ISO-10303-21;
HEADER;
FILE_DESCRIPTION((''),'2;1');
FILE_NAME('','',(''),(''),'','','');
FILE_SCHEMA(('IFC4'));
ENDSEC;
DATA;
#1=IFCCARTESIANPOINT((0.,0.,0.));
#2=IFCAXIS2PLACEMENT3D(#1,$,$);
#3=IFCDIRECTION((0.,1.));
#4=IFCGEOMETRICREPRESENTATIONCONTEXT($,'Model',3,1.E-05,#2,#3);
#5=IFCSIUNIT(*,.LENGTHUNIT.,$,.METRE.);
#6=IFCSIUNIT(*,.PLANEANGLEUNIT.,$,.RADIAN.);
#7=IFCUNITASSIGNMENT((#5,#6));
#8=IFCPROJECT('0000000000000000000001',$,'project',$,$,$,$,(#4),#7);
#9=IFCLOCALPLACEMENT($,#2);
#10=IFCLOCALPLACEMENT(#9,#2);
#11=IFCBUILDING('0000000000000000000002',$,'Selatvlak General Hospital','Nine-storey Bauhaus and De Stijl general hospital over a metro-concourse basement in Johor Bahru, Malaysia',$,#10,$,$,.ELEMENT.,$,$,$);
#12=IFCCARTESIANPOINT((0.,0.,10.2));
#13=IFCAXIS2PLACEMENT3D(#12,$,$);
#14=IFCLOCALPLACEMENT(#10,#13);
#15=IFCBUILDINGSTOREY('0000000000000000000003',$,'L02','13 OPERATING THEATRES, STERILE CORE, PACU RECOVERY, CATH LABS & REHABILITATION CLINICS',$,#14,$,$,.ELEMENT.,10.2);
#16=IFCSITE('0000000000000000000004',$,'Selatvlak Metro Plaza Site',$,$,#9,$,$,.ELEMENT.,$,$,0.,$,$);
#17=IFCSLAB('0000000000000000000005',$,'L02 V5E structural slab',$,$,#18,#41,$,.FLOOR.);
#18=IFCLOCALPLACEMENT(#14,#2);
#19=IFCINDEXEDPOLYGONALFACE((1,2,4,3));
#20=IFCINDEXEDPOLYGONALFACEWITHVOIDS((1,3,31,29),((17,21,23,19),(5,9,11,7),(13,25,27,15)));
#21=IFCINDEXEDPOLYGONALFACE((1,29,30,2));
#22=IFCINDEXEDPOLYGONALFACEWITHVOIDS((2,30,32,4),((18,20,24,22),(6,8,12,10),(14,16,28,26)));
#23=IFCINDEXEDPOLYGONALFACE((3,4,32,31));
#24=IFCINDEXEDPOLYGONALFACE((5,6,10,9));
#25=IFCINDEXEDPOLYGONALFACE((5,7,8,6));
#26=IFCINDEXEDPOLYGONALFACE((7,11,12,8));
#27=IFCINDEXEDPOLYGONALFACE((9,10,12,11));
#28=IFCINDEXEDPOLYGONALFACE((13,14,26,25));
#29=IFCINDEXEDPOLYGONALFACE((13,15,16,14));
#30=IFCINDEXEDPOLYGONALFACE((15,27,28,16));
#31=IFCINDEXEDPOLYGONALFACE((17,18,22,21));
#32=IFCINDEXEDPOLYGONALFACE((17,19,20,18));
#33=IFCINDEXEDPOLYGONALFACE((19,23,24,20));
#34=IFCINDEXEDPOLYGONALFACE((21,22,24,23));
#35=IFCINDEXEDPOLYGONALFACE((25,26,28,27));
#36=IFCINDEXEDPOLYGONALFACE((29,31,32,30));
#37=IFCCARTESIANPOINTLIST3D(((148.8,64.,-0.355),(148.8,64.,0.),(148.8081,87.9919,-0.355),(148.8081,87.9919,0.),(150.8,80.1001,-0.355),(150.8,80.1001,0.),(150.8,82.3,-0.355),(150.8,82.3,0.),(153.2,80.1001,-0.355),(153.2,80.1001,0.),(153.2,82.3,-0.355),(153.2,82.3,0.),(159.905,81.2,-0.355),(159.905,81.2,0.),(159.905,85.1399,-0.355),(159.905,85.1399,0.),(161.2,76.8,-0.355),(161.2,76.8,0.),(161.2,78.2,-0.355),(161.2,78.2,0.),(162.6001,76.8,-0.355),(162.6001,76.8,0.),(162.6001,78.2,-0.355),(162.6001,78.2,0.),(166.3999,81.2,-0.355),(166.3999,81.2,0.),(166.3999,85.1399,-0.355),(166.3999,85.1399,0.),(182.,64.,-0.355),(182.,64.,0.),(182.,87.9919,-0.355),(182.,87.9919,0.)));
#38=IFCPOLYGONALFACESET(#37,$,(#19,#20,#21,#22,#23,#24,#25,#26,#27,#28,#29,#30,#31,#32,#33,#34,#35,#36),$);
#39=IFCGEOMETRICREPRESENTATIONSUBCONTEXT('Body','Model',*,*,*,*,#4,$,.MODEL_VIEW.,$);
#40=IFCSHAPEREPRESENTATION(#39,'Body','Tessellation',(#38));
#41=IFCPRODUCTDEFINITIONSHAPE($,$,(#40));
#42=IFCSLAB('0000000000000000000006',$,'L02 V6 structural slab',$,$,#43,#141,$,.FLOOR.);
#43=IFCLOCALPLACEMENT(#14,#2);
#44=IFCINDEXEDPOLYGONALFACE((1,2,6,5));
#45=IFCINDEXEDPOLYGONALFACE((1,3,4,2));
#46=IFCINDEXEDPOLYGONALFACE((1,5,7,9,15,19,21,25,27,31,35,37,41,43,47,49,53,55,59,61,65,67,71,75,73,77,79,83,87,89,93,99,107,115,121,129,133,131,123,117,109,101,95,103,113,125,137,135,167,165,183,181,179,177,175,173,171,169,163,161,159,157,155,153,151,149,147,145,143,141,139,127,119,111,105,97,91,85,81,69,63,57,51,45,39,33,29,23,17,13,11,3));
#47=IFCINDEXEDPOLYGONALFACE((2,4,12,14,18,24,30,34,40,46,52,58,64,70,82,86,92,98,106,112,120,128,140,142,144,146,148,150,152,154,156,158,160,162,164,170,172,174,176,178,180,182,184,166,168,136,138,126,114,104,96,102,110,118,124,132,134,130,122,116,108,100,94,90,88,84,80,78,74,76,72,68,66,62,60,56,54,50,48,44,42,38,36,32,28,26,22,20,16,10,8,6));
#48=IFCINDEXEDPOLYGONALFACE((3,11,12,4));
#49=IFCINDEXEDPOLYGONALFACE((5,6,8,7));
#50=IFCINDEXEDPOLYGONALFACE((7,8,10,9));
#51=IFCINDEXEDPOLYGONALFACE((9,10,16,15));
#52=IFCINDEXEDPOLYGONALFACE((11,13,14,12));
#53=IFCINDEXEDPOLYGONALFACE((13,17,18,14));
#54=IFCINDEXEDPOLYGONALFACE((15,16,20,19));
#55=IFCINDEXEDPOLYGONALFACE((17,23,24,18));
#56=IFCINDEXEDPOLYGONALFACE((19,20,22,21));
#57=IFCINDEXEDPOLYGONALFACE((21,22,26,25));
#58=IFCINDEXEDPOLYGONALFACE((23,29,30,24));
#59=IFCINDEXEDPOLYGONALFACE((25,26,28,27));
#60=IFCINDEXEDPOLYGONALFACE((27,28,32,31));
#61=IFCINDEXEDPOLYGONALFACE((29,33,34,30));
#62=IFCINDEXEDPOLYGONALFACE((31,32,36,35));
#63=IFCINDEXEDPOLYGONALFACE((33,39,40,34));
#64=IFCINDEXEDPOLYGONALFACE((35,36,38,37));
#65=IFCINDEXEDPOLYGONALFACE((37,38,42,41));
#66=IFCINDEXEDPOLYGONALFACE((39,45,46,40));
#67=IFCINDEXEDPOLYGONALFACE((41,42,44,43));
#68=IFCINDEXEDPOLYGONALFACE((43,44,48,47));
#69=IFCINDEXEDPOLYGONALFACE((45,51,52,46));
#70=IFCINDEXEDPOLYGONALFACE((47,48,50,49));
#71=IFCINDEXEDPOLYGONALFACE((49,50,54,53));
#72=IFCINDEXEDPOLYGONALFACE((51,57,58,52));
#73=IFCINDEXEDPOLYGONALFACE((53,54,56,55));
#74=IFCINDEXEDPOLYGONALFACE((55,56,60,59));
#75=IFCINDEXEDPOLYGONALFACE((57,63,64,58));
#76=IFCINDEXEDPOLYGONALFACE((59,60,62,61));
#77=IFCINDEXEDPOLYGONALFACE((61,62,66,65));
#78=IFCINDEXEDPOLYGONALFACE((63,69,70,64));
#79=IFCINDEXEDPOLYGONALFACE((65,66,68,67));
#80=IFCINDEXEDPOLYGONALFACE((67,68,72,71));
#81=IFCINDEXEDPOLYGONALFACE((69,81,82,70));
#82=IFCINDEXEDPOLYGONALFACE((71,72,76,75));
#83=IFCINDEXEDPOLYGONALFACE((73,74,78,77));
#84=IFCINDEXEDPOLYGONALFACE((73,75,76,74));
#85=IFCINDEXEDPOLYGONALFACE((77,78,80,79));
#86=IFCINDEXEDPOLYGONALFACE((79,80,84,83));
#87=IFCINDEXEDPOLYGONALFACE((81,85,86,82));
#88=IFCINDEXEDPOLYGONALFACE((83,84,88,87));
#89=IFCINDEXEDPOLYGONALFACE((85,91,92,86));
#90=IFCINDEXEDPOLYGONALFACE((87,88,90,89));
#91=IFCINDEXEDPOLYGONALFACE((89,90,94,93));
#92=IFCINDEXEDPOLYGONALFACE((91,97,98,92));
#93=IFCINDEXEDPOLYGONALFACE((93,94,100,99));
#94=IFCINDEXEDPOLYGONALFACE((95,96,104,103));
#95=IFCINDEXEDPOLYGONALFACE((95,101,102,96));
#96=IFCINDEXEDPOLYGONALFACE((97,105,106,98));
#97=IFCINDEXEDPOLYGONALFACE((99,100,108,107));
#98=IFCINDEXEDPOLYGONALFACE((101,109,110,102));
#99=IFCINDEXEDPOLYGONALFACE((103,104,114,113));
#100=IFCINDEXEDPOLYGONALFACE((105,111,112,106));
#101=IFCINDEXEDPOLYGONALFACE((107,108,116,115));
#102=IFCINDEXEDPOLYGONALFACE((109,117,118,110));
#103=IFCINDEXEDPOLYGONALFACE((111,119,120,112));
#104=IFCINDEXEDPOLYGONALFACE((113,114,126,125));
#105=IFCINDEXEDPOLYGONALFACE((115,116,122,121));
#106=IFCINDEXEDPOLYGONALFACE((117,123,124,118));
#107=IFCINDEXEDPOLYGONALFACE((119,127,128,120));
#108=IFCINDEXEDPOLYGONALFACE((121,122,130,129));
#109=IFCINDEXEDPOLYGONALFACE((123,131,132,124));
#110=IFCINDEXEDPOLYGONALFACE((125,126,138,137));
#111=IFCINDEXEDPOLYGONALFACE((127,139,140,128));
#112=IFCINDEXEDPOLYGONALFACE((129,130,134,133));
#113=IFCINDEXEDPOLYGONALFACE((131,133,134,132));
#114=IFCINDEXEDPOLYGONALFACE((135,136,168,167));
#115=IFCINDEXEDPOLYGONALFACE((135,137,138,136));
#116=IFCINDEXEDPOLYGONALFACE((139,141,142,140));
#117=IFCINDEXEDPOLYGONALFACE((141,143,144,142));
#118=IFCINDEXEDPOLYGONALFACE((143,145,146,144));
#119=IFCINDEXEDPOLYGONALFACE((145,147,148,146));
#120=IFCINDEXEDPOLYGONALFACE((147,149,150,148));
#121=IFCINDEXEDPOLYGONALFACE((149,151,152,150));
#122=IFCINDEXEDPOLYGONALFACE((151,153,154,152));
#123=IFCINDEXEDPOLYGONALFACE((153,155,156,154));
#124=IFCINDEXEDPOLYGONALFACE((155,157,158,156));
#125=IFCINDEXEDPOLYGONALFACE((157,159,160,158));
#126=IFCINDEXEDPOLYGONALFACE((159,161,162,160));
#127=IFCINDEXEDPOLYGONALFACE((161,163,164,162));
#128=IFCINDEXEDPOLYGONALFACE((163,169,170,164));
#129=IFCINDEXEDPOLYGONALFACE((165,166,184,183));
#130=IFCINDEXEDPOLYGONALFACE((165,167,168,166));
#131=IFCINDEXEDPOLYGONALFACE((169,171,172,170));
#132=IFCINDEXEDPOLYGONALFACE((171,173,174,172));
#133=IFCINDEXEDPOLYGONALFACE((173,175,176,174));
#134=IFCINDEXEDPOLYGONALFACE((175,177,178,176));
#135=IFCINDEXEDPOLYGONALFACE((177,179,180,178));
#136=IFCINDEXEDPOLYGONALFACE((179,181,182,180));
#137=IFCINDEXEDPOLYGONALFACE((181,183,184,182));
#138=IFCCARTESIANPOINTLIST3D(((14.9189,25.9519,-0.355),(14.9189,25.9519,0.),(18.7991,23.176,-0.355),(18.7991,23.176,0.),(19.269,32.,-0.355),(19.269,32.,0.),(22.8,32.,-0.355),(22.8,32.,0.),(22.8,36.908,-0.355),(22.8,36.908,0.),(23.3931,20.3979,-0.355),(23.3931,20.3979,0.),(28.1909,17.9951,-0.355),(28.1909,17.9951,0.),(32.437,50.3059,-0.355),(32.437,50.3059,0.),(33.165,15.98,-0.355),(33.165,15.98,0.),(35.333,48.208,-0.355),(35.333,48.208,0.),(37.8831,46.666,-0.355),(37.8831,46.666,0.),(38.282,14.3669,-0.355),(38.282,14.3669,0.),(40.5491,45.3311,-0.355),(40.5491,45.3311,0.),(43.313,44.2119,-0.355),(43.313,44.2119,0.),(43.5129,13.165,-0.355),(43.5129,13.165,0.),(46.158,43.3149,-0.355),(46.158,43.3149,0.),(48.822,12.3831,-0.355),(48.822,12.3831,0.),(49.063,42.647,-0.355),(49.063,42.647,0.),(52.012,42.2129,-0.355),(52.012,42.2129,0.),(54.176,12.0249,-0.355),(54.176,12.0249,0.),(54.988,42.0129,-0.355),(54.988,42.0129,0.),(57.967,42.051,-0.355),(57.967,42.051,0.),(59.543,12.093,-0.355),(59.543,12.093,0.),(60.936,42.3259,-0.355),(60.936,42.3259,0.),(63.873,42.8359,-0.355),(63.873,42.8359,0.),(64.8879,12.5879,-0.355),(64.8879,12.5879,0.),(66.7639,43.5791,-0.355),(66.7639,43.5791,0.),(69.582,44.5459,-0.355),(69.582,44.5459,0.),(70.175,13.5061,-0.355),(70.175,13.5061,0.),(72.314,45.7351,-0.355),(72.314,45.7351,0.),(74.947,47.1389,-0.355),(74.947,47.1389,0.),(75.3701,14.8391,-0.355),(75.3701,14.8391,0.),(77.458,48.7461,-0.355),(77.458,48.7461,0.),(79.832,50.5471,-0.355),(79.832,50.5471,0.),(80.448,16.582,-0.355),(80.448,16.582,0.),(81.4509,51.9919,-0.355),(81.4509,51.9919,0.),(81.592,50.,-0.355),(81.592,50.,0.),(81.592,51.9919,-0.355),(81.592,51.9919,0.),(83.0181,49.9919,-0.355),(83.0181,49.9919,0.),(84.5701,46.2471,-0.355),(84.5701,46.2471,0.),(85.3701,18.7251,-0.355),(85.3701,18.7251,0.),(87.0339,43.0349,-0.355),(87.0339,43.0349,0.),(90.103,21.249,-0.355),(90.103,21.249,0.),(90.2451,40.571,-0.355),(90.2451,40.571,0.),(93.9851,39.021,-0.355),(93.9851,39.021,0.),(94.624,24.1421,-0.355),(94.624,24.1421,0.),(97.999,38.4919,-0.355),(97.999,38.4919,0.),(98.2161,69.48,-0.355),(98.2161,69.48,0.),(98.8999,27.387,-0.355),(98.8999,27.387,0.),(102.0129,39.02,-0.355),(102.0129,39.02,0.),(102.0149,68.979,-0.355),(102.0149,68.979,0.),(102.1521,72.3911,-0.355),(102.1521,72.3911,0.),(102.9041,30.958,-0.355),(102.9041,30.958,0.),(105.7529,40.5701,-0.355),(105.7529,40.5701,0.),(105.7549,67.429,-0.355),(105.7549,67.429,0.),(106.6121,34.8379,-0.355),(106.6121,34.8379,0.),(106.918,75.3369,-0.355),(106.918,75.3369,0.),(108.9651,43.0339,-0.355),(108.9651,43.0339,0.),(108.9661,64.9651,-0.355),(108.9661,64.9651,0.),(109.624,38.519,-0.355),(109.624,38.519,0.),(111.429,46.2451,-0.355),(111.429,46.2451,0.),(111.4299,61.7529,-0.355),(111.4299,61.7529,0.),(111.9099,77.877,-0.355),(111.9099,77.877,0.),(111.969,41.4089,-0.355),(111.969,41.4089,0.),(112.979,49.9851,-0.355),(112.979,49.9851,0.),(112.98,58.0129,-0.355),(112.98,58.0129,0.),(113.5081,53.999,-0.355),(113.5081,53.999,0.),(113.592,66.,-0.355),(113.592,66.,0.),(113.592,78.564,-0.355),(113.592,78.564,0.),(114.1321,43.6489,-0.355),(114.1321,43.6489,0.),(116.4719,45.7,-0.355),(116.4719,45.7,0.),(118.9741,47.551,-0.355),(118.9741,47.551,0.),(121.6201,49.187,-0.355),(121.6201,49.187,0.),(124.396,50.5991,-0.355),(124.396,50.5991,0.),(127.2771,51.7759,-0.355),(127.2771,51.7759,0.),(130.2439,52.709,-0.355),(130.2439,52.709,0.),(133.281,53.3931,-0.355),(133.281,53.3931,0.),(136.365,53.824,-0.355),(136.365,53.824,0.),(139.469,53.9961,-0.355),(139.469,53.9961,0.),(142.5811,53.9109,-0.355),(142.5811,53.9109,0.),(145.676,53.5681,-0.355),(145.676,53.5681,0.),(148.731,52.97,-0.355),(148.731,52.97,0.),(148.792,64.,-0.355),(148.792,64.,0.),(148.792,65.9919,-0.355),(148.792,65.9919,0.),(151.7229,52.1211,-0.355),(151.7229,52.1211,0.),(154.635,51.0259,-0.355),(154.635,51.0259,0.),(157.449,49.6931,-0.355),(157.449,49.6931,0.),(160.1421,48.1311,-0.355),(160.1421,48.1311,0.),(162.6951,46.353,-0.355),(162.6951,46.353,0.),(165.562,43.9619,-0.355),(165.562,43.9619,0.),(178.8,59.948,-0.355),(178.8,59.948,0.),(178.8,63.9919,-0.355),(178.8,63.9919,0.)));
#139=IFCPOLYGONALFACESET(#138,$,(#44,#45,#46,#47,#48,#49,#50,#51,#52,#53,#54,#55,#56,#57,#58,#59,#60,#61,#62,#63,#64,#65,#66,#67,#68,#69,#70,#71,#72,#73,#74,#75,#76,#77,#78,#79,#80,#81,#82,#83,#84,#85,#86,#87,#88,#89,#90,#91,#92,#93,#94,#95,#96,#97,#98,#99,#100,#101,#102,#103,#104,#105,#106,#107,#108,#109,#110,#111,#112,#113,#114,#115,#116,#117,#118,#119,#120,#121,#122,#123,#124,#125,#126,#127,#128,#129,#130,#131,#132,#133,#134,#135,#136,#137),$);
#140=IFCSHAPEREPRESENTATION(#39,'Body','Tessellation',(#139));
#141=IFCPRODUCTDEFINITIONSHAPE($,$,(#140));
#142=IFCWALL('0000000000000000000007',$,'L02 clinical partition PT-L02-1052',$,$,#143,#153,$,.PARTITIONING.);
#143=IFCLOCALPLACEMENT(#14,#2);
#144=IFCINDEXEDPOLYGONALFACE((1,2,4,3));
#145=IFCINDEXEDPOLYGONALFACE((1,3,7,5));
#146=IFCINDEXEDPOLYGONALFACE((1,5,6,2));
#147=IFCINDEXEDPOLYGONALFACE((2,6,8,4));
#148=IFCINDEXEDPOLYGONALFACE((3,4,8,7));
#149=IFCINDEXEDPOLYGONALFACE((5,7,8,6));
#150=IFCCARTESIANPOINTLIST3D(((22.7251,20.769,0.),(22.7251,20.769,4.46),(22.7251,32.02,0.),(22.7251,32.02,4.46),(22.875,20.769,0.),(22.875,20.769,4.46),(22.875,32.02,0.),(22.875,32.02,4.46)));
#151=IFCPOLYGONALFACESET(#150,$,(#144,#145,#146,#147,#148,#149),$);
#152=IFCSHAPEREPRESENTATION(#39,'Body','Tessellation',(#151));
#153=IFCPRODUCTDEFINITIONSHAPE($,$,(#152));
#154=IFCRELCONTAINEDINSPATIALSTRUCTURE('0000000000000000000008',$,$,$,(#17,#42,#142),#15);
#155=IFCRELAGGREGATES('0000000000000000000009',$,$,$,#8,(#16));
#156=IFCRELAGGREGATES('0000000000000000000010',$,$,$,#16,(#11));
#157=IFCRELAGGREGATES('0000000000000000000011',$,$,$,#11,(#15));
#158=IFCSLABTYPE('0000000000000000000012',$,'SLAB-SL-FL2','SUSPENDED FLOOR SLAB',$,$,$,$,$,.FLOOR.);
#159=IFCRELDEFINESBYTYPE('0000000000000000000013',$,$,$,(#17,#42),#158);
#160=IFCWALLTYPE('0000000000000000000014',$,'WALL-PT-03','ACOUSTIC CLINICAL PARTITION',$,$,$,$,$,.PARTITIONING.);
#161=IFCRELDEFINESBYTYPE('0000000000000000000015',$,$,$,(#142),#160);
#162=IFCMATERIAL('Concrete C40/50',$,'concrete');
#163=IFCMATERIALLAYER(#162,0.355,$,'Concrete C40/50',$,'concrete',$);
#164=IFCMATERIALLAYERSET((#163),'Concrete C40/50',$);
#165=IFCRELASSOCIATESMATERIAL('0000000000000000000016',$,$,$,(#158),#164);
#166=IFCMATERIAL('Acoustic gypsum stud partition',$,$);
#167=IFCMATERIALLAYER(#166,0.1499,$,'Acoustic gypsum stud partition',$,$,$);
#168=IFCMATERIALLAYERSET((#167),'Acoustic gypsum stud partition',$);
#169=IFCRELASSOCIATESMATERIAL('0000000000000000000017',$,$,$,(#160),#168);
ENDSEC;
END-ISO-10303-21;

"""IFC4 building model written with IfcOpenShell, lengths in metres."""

from ifc_helpers import new_model, si_unit, direction, frame, frame_2d, origin, place, context, subcontext, project, spatial, polyline, rectangle, outline, extrude, material, layer, layer_set, type_object, element, save


model = new_model("IFC4")

# Units and contexts
model_context = context("Model", 3, precision=1e-05, world=origin(), true_north=direction((0.0, 1.0)))
body_context = subcontext(model_context, "Body", "Model", "MODEL_VIEW")
ifc_project = project(units=[si_unit("LENGTHUNIT", "METRE"), si_unit("PLANEANGLEUNIT", "RADIAN")], contexts=[model_context])

# Site, building, storey
site_placement = place(None, origin())
site = spatial("IfcSite", under=ifc_project, at=site_placement, Name="Selatvlak Metro Plaza Site", CompositionType="ELEMENT", RefElevation=0.0)
building_placement = place(site_placement, origin())
building = spatial("IfcBuilding", under=site, at=building_placement, Name="Selatvlak General Hospital", Description="Nine-storey Bauhaus and De Stijl general hospital over a metro-concourse basement in Johor Bahru, Malaysia", CompositionType="ELEMENT")
storey_placement = place(building_placement, frame((0.0, 0.0, 10.2)))
storey = spatial("IfcBuildingStorey", under=building, at=storey_placement, Name="L02", Description="13 OPERATING THEATRES, STERILE CORE, PACU RECOVERY, CATH LABS & REHABILITATION CLINICS", CompositionType="ELEMENT", Elevation=10.2)

# Shared definitions
ifc_material_1 = material(Name="Concrete C40/50", Category="concrete")

# Slabs
ifc_layer_1 = layer(ifc_material_1, 0.355, Name="Concrete C40/50", Category="concrete")
ifc_layer_set_1 = layer_set([ifc_layer_1], Name="Concrete C40/50")
slab_type_1 = type_object("IfcSlabType", Name="SLAB-SL-FL2", Description="SUSPENDED FLOOR SLAB", PredefinedType="FLOOR", material=ifc_layer_set_1)
slab_1_placement = place(storey_placement, frame((0.0, 0.0, -0.355)))
element("IfcSlab", 1, at=slab_1_placement, inside=storey, type_object=slab_type_1, Name="L02 V5E structural slab", PredefinedType="FLOOR", context=body_context, shape_type="SweptSolid", body=[
    extrude(outline(polyline([(148.8081, 87.9919), (182.0, 87.9919), (182.0, 64.0), (148.8, 64.0), (148.8081, 87.9919)]), holes=[polyline([(159.905, 85.1399), (159.905, 81.2), (166.3999, 81.2), (166.3999, 85.1399), (159.905, 85.1399)]), polyline([(150.8, 82.3), (150.8, 80.1001), (153.2, 80.1001), (153.2, 82.3), (150.8, 82.3)]), polyline([(162.6001, 78.2), (161.2, 78.2), (161.2, 76.8), (162.6001, 76.8), (162.6001, 78.2)])]), origin(), (0.0, 0.0, 1.0), 0.355),
])
slab_2_placement = place(storey_placement, frame((0.0, 0.0, -0.355)))
element("IfcSlab", 2, at=slab_2_placement, inside=storey, type_object=slab_type_1, Name="L02 V6 structural slab", PredefinedType="FLOOR", context=body_context, shape_type="SweptSolid", body=[
    extrude(outline(polyline([(40.5491, 45.3311), (43.313, 44.2119), (46.158, 43.3149), (49.063, 42.647), (52.012, 42.2129), (54.988, 42.0129), (57.967, 42.051), (60.936, 42.3259), (63.873, 42.8359), (66.7639, 43.5791), (69.582, 44.5459), (72.314, 45.7351), (74.947, 47.1389), (77.458, 48.7461), (79.832, 50.5471), (81.4509, 51.9919), (81.592, 51.9919), (81.592, 50.0), (83.0181, 49.9919), (84.5701, 46.2471), (87.0339, 43.0349), (90.2451, 40.571), (93.9851, 39.021), (97.999, 38.4919), (102.0129, 39.02), (105.7529, 40.5701), (108.9651, 43.0339), (111.429, 46.2451), (112.979, 49.9851), (113.5081, 53.999), (112.98, 58.0129), (111.4299, 61.7529), (108.9661, 64.9651), (105.7549, 67.429), (102.0149, 68.979), (98.2161, 69.48), (102.1521, 72.3911), (106.918, 75.3369), (111.9099, 77.877), (113.592, 78.564), (113.592, 66.0), (148.792, 65.9919), (148.792, 64.0), (178.8, 63.9919), (178.8, 59.948), (165.562, 43.9619), (162.6951, 46.353), (160.1421, 48.1311), (157.449, 49.6931), (154.635, 51.0259), (151.7229, 52.1211), (148.731, 52.97), (145.676, 53.5681), (142.5811, 53.9109), (139.469, 53.9961), (136.365, 53.824), (133.281, 53.3931), (130.2439, 52.709), (127.2771, 51.7759), (124.396, 50.5991), (121.6201, 49.187), (118.9741, 47.551), (116.4719, 45.7), (114.1321, 43.6489), (111.969, 41.4089), (109.624, 38.519), (106.6121, 34.8379), (102.9041, 30.958), (98.8999, 27.387), (94.624, 24.1421), (90.103, 21.249), (85.3701, 18.7251), (80.448, 16.582), (75.3701, 14.8391), (70.175, 13.5061), (64.8879, 12.5879), (59.543, 12.093), (54.176, 12.0249), (48.822, 12.3831), (43.5129, 13.165), (38.282, 14.3669), (33.165, 15.98), (28.1909, 17.9951), (23.3931, 20.3979), (18.7991, 23.176), (14.9189, 25.9519), (19.269, 32.0), (22.8, 32.0), (22.8, 36.908), (32.437, 50.3059), (35.333, 48.208), (37.8831, 46.666), (40.5491, 45.3311)])), origin(), (0.0, 0.0, 1.0), 0.355),
])

# Wall
ifc_material_2 = material(Name="Acoustic gypsum stud partition")
ifc_layer_2 = layer(ifc_material_2, 0.1499, Name="Acoustic gypsum stud partition")
ifc_layer_set_2 = layer_set([ifc_layer_2], Name="Acoustic gypsum stud partition")
wall_type = type_object("IfcWallType", Name="WALL-PT-03", Description="ACOUSTIC CLINICAL PARTITION", PredefinedType="PARTITIONING", material=ifc_layer_set_2)
wall_placement = place(storey_placement, frame((22.8, 20.769, 0.0), z_axis=(0.0, 0.0, 1.0), x_axis=(0.0, 1.0, 0.0)))
element("IfcWall", 3, at=wall_placement, inside=storey, type_object=wall_type, Name="L02 clinical partition PT-L02-1052", PredefinedType="PARTITIONING", context=body_context, shape_type="SweptSolid", body=[
    extrude(rectangle(XDim=11.251, YDim=0.1499, at=frame_2d((5.6255, 0.0))), origin(), (0.0, 0.0, 1.0), 4.46),
])

save(model, "model.ifc")
